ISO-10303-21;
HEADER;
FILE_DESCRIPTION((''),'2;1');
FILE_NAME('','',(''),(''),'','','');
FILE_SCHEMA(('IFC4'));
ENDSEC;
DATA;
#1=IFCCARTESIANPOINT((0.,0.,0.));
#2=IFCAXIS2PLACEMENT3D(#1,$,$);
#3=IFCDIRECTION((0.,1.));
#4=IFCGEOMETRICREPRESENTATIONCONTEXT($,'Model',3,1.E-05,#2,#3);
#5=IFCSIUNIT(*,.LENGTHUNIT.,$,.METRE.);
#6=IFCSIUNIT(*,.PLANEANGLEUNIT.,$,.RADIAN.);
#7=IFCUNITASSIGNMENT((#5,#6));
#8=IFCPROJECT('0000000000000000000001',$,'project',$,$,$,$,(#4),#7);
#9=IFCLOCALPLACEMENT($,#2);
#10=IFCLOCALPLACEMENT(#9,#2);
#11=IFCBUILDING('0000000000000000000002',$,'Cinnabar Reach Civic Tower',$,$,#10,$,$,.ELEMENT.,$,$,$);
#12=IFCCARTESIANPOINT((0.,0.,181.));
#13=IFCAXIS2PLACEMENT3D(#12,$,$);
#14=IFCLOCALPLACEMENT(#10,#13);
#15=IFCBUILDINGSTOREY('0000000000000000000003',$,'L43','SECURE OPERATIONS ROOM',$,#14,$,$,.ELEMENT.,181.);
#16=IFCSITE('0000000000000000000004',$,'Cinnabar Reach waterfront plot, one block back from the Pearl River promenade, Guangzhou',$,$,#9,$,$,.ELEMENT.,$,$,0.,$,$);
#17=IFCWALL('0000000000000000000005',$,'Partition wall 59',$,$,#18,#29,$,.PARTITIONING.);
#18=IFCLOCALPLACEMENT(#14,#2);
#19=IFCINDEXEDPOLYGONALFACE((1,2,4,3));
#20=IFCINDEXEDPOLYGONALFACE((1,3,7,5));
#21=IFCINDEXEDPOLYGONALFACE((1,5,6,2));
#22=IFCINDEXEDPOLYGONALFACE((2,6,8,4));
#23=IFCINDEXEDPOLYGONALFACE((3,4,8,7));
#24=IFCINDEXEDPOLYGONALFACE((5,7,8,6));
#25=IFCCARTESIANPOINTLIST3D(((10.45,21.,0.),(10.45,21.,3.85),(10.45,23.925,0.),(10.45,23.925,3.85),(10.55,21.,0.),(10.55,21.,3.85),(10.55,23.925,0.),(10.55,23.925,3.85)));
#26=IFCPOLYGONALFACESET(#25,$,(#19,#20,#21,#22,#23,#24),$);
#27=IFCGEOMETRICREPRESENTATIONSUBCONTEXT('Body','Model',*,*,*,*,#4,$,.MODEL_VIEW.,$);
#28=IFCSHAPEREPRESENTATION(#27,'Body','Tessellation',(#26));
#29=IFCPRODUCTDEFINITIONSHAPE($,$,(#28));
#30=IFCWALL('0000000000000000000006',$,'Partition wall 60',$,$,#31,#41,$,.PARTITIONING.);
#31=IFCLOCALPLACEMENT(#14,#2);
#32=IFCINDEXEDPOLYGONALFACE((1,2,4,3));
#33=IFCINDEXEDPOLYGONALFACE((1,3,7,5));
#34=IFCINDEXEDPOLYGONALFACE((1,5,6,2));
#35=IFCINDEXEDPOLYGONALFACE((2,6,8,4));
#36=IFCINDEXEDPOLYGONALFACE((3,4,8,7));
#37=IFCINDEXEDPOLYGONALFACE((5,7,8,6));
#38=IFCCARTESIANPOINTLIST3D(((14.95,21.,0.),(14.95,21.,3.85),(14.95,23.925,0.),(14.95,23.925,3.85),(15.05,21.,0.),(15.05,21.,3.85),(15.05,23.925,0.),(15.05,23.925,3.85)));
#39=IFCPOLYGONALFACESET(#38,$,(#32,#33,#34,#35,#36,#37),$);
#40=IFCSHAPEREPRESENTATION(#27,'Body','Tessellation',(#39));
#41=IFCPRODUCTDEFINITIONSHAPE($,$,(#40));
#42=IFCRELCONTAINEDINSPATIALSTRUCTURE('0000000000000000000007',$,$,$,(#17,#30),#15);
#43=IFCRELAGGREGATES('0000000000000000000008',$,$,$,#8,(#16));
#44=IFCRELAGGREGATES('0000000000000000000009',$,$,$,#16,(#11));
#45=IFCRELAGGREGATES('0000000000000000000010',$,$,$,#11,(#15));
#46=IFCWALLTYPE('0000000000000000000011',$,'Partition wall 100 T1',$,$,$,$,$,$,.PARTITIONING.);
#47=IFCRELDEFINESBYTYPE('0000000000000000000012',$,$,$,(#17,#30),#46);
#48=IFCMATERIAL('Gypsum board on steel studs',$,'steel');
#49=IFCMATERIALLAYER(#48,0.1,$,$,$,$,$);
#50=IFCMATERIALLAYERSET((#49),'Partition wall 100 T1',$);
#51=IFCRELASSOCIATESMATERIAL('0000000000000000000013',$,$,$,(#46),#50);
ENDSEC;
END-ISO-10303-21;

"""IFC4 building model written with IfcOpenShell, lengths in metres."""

from ifc_helpers import new_model, si_unit, direction, frame, frame_2d, origin, place, context, subcontext, project, spatial, rectangle, extrude, material, layer, layer_set, type_object, element, save


model = new_model("IFC4")

# Units and contexts
model_context = context("Model", 3, precision=1e-05, world=origin(), true_north=direction((0.0, 1.0)))
body_context = subcontext(model_context, "Body", "Model", "MODEL_VIEW")
ifc_project = project(units=[si_unit("LENGTHUNIT", "METRE"), si_unit("PLANEANGLEUNIT", "RADIAN")], contexts=[model_context])

# Site, building, storey
site_placement = place(None, origin())
site = spatial("IfcSite", under=ifc_project, at=site_placement, Name="Cinnabar Reach waterfront plot, one block back from the Pearl River promenade, Guangzhou", CompositionType="ELEMENT", RefElevation=0.0)
building_placement = place(site_placement, origin())
building = spatial("IfcBuilding", under=site, at=building_placement, Name="Cinnabar Reach Civic Tower", CompositionType="ELEMENT")
storey_placement = place(building_placement, frame((0.0, 0.0, 181.0)))
storey = spatial("IfcBuildingStorey", under=building, at=storey_placement, Name="L43", Description="SECURE OPERATIONS ROOM", CompositionType="ELEMENT", Elevation=181.0)

# Walls
ifc_material_1 = material(Name="Gypsum board on steel studs", Category="steel")
ifc_layer_1 = layer(ifc_material_1, 0.1)
ifc_layer_set_1 = layer_set([ifc_layer_1], Name="Partition wall 100 T1")
wall_type_1 = type_object("IfcWallType", Name="Partition wall 100 T1", PredefinedType="PARTITIONING", material=ifc_layer_set_1)
for number, where, z_axis, x_axis, name in (
    (1, (10.5, 21.0, 0.0), (0.0, 0.0, 1.0), (0.0, 1.0, 0.0), "Partition wall 59"),
    (2, (15.0, 21.0, 0.0), (0.0, 0.0, 1.0), (0.0, 1.0, 0.0), "Partition wall 60"),
):
    element("IfcWall", number, at=place(storey_placement, frame(where, z_axis=z_axis, x_axis=x_axis)), inside=storey, type_object=wall_type_1, Name=name, PredefinedType="PARTITIONING", context=body_context, shape_type="SweptSolid", body=[
        extrude(rectangle(XDim=2.925, YDim=0.1, at=frame_2d((1.4625, 0.0))), origin(), (0.0, 0.0, 1.0), 3.85),
    ])

save(model, "model.ifc")
